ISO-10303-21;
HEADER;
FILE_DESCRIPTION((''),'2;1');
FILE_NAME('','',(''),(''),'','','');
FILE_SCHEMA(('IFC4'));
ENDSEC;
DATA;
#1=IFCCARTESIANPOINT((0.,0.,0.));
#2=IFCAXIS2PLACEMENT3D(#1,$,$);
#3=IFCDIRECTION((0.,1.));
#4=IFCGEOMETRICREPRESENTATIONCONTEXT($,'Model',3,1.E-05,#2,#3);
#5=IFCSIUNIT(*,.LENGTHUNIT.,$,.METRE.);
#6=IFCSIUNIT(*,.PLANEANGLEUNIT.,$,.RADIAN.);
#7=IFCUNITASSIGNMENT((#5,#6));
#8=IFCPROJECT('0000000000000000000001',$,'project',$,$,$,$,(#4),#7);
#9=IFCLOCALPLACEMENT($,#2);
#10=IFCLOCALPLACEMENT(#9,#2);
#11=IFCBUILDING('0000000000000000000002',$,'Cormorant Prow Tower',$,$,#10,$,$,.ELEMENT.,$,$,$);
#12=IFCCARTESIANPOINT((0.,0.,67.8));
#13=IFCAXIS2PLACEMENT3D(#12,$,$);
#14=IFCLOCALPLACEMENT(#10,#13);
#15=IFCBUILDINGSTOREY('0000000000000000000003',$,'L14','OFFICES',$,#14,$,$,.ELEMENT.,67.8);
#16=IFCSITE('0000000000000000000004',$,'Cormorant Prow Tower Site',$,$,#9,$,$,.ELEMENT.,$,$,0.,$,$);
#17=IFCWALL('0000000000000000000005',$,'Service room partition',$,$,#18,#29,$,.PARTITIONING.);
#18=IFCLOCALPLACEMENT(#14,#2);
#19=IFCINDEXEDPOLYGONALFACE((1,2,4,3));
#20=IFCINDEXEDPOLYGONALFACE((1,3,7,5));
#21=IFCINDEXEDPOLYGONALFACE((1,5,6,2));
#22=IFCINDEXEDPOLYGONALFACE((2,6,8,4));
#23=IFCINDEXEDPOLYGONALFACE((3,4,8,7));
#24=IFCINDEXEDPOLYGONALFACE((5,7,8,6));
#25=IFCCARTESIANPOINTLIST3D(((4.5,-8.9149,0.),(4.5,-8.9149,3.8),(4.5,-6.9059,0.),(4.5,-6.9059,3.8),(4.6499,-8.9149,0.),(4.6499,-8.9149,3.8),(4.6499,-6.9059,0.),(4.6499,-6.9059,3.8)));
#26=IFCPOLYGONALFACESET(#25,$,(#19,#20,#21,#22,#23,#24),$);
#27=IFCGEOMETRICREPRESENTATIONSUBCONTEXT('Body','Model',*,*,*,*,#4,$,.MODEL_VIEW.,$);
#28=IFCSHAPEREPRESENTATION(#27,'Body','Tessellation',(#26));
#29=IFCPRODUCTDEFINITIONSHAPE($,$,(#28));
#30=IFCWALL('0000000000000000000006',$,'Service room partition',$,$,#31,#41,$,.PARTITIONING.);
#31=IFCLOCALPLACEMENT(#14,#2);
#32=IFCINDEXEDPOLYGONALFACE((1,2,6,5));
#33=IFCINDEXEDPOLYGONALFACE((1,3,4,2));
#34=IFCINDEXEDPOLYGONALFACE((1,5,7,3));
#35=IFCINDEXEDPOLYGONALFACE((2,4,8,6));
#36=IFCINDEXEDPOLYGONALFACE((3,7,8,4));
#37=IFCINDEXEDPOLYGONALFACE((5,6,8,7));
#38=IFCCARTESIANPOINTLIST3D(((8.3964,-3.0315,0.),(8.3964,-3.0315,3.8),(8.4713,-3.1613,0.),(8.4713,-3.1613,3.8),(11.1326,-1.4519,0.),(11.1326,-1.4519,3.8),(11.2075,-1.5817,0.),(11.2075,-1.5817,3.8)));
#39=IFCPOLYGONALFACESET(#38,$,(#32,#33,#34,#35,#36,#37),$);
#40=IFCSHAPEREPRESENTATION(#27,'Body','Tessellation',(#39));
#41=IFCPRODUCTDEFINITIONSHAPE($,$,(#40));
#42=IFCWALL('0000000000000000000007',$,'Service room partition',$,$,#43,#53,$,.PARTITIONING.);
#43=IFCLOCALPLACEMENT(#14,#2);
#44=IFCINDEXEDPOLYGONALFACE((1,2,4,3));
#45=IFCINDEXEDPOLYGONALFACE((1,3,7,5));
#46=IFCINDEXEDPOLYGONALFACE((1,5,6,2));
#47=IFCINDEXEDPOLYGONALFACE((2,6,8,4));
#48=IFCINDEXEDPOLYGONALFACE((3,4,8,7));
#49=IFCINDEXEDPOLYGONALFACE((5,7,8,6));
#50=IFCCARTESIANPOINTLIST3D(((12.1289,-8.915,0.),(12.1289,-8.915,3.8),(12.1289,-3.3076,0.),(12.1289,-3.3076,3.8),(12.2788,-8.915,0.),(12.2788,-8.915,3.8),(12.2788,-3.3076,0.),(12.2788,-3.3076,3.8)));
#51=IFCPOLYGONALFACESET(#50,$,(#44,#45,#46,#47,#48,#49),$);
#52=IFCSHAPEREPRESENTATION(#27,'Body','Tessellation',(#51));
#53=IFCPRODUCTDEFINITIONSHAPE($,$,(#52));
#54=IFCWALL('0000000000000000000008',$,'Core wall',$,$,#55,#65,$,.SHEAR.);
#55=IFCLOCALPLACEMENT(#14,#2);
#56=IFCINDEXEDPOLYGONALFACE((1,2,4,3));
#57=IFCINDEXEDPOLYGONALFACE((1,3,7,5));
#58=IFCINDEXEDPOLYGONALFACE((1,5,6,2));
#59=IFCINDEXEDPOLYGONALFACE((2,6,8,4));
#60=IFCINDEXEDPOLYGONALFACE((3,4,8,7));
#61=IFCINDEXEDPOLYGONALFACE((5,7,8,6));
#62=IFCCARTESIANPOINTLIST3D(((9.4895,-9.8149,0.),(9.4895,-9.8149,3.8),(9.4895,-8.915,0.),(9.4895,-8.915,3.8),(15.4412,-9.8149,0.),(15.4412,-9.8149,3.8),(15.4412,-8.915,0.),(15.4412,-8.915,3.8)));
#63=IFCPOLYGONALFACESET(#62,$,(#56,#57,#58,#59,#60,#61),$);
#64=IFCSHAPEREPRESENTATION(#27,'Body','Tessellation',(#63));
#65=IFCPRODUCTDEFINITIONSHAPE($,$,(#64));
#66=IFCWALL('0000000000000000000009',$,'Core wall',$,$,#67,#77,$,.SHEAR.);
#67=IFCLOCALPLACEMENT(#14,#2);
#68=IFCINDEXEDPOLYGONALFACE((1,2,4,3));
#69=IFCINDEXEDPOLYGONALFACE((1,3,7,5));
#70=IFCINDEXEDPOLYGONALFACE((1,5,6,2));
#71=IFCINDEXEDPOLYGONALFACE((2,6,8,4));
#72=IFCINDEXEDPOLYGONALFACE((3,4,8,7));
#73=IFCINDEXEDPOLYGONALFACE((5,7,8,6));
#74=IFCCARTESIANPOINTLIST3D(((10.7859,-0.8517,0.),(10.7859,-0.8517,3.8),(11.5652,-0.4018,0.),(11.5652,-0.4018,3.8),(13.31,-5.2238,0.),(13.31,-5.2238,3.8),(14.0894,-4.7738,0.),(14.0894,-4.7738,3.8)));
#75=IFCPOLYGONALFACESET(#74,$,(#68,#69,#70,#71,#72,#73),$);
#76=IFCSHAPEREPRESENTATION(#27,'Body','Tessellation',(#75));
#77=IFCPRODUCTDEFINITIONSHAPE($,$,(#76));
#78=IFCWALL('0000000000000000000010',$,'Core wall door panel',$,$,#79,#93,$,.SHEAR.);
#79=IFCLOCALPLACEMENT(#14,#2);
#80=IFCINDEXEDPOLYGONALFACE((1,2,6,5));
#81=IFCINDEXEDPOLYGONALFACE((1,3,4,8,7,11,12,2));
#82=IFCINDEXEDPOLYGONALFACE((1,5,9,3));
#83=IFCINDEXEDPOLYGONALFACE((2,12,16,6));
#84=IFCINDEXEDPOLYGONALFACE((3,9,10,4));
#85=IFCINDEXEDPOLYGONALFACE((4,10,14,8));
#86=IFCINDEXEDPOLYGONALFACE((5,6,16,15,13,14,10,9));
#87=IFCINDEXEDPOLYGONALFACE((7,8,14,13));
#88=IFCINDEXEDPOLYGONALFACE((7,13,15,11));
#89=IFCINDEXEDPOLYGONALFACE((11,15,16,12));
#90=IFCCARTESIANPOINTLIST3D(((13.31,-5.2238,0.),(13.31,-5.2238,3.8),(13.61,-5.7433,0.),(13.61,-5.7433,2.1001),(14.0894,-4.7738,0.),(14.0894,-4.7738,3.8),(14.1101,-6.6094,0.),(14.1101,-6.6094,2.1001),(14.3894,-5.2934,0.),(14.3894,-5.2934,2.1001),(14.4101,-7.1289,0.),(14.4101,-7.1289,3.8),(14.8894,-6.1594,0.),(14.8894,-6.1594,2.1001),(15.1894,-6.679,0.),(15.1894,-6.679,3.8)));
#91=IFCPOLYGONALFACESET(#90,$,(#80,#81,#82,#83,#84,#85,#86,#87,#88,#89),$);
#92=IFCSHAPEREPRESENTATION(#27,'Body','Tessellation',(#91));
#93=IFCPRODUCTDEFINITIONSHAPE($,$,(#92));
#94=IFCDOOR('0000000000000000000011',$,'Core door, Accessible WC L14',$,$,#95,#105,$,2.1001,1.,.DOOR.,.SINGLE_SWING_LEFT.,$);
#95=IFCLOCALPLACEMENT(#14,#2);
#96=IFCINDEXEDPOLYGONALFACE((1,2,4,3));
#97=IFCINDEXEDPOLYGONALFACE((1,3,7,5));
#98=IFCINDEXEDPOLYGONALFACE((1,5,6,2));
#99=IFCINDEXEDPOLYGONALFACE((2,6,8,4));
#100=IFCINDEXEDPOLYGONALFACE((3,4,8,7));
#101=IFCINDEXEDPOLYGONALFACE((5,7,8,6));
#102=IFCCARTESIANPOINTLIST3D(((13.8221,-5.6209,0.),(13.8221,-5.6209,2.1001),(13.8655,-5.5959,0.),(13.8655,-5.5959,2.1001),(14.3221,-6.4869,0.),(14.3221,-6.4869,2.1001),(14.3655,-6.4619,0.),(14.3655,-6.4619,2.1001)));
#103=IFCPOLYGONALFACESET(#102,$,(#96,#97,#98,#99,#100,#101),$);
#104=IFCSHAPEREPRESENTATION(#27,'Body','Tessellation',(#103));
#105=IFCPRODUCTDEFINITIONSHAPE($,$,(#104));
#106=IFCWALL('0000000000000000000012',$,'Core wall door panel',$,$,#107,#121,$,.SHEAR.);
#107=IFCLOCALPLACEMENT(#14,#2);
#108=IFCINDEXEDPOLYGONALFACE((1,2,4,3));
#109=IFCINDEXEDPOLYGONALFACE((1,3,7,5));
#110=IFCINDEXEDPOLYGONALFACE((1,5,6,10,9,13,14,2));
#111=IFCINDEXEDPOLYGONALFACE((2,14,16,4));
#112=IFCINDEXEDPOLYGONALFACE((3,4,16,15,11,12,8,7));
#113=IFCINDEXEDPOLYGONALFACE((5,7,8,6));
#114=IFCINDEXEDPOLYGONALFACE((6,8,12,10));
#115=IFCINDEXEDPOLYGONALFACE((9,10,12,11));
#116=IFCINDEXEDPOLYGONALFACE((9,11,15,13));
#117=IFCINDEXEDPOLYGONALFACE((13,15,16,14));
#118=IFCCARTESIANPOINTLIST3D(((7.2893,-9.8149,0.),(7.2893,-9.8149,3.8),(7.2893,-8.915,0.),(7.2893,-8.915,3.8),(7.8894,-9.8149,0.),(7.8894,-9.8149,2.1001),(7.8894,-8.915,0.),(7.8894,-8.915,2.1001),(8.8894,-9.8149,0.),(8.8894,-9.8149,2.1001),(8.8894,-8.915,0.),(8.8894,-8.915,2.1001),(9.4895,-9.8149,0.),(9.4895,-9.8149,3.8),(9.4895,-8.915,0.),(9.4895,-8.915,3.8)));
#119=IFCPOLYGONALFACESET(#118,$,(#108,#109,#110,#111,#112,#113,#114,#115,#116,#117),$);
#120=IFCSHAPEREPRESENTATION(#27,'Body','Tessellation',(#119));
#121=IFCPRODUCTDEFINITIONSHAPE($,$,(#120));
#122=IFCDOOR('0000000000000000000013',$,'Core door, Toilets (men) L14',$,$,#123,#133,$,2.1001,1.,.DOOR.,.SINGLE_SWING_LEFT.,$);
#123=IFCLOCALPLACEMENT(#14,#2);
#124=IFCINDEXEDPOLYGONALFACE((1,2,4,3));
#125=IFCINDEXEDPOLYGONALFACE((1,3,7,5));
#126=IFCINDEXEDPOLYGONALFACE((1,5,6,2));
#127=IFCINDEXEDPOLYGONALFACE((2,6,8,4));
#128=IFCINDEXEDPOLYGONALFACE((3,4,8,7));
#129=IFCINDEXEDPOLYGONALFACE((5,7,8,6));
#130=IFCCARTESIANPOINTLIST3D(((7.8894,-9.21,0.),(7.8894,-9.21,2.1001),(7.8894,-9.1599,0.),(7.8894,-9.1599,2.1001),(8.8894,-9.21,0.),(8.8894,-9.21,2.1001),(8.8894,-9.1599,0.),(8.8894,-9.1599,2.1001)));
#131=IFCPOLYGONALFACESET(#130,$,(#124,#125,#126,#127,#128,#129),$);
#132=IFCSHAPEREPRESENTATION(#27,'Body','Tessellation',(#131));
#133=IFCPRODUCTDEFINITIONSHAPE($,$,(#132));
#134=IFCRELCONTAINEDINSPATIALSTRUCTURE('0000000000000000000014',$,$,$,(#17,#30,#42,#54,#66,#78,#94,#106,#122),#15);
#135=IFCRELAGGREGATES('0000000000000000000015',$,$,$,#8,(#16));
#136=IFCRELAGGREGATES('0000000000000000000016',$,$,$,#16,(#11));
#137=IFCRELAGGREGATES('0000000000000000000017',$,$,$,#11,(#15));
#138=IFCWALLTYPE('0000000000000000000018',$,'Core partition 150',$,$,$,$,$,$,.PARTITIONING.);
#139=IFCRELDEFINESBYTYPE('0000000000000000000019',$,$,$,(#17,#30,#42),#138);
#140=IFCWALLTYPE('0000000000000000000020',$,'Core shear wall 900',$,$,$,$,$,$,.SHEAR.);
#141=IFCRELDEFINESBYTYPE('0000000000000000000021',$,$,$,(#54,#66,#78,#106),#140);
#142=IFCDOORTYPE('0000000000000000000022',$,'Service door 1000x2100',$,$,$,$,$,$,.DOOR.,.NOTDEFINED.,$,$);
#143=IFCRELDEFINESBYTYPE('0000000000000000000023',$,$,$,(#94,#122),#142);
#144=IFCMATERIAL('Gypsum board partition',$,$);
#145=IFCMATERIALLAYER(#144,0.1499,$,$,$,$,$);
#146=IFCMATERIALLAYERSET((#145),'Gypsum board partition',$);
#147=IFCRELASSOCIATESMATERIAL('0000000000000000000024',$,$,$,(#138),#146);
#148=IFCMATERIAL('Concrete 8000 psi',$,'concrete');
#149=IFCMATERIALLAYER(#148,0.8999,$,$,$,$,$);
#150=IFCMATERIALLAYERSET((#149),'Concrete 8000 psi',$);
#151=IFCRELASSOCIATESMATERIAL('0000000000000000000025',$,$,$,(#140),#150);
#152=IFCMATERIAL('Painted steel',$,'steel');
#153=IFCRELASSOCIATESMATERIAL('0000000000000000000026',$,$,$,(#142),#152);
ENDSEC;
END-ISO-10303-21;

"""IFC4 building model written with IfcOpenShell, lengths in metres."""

from ifc_helpers import new_model, si_unit, direction, frame, frame_2d, origin, place, context, subcontext, project, spatial, rectangle, extrude, material, layer, layer_set, type_object, element, fill, save


model = new_model("IFC4")

# Units and contexts
model_context = context("Model", 3, precision=1e-05, world=origin(), true_north=direction((0.0, 1.0)))
body_context = subcontext(model_context, "Body", "Model", "MODEL_VIEW")
ifc_project = project(units=[si_unit("LENGTHUNIT", "METRE"), si_unit("PLANEANGLEUNIT", "RADIAN")], contexts=[model_context])

# Site, building, storey
site_placement = place(None, origin())
site = spatial("IfcSite", under=ifc_project, at=site_placement, Name="Cormorant Prow Tower Site", CompositionType="ELEMENT", RefElevation=0.0)
building_placement = place(site_placement, origin())
building = spatial("IfcBuilding", under=site, at=building_placement, Name="Cormorant Prow Tower", CompositionType="ELEMENT")
storey_placement = place(building_placement, frame((0.0, 0.0, 67.8)))
storey = spatial("IfcBuildingStorey", under=building, at=storey_placement, Name="L14", Description="OFFICES", CompositionType="ELEMENT", Elevation=67.8)

# Walls
ifc_material_1 = material(Name="Gypsum board partition")
ifc_layer_1 = layer(ifc_material_1, 0.1499)
ifc_layer_set_1 = layer_set([ifc_layer_1], Name="Gypsum board partition")
wall_type_1 = type_object("IfcWallType", Name="Core partition 150", PredefinedType="PARTITIONING", material=ifc_layer_set_1)
wall_1_placement = place(storey_placement, frame((4.575, -6.906, 0.0), z_axis=(0.0, 0.0, 1.0), x_axis=(0.0, -1.0, 0.0)))
element("IfcWall", 1, at=wall_1_placement, inside=storey, type_object=wall_type_1, Name="Service room partition", PredefinedType="PARTITIONING", context=body_context, shape_type="SweptSolid", body=[
    extrude(rectangle(XDim=2.009, YDim=0.1499, at=frame_2d((1.0044, 0.0))), origin(), (0.0, 0.0, 1.0), 3.8),
])
wall_2_placement = place(storey_placement, frame((11.1699, -1.5168, 0.0), z_axis=(0.0, 0.0, 1.0), x_axis=(-0.866038, -0.499979, 0.0)))
element("IfcWall", 2, at=wall_2_placement, inside=storey, type_object=wall_type_1, Name="Service room partition", PredefinedType="PARTITIONING", context=body_context, shape_type="SweptSolid", body=[
    extrude(rectangle(XDim=3.1594, YDim=0.1499, at=frame_2d((1.5796, 0.0))), origin(), (0.0, 0.0, 1.0), 3.8),
])
wall_3_placement = place(storey_placement, frame((12.2039, -8.915, 0.0), z_axis=(0.0, 0.0, 1.0), x_axis=(0.0, 1.0, 0.0)))
element("IfcWall", 3, at=wall_3_placement, inside=storey, type_object=wall_type_1, Name="Service room partition", PredefinedType="PARTITIONING", context=body_context, shape_type="SweptSolid", body=[
    extrude(rectangle(XDim=5.6074, YDim=0.1499, at=frame_2d((2.8037, 0.0))), origin(), (0.0, 0.0, 1.0), 3.8),
])
ifc_material_2 = material(Name="Concrete 8000 psi", Category="concrete")
ifc_layer_2 = layer(ifc_material_2, 0.8999)
ifc_layer_set_2 = layer_set([ifc_layer_2], Name="Concrete 8000 psi")
wall_type_2 = type_object("IfcWallType", Name="Core shear wall 900", PredefinedType="SHEAR", material=ifc_layer_set_2)
wall_4_placement = place(storey_placement, frame((9.4895, -9.365, 0.0), z_axis=(0.0, 0.0, 1.0), x_axis=(1.0, 0.0, 0.0)))
element("IfcWall", 4, at=wall_4_placement, inside=storey, type_object=wall_type_2, Name="Core wall", PredefinedType="SHEAR", context=body_context, shape_type="SweptSolid", body=[
    extrude(rectangle(XDim=5.9517, YDim=0.8999, at=frame_2d((2.9758, 0.0))), origin(), (0.0, 0.0, 1.0), 3.8),
])
wall_5_placement = place(storey_placement, frame((13.6997, -4.9988, 0.0), z_axis=(0.0, 0.0, 1.0), x_axis=(-0.499993, 0.866029, 0.0)))
element("IfcWall", 5, at=wall_5_placement, inside=storey, type_object=wall_type_2, Name="Core wall", PredefinedType="SHEAR", context=body_context, shape_type="SweptSolid", body=[
    extrude(rectangle(XDim=5.0483, YDim=0.8999, at=frame_2d((2.5242, 0.0))), origin(), (0.0, 0.0, 1.0), 3.8),
])

# Walls, openings, doors
wall_6_placement = place(storey_placement, frame((14.7998, -6.9041, 0.0), z_axis=(0.0, 0.0, 1.0), x_axis=(-0.50003, 0.866008, 0.0)))
wall_6 = element("IfcWall", 6, at=wall_6_placement, inside=storey, type_object=wall_type_2, Name="Core wall door panel", PredefinedType="SHEAR", context=body_context, shape_type="SweptSolid", body=[
    extrude(rectangle(XDim=2.2, YDim=0.8999, at=frame_2d((1.1001, 0.0))), origin(), (0.0, 0.0, 1.0), 3.8),
])
opening_1_placement = place(wall_6_placement, frame((0.6001, 0.0, 0.0)))
opening_1 = element("IfcOpeningElement", 7, at=opening_1_placement, cuts=wall_6, PredefinedType="OPENING", context=body_context, shape_type="SweptSolid", body=[
    extrude(rectangle(XDim=1.0, YDim=2.1001, at=frame_2d((0.5, 1.05))), frame((0.0, 0.46, 0.0), z_axis=(0.0, -1.0, 0.0), x_axis=(1.0, 0.0, 0.0)), (0.0, 0.0, 1.0), 0.9199),
])
ifc_material_3 = material(Name="Painted steel", Category="steel")
door_type_1 = type_object("IfcDoorType", Name="Service door 1000x2100", OperationType="NOTDEFINED", PredefinedType="DOOR", material=ifc_material_3)
door_1_placement = place(opening_1_placement, origin())
door_1 = element("IfcDoor", 8, at=door_1_placement, inside=storey, type_object=door_type_1, Name="Core door, Accessible WC L14", OperationType="SINGLE_SWING_LEFT", OverallHeight=2.1001, OverallWidth=1.0, PredefinedType="DOOR", context=body_context, shape_type="SweptSolid", body=[
    extrude(rectangle(XDim=1.0, YDim=2.1001, at=frame_2d((0.5, 1.05))), frame((0.0, 0.2051, 0.0), z_axis=(0.0, -1.0, 0.0), x_axis=(1.0, 0.0, 0.0)), (0.0, 0.0, 1.0), 0.05),
])
fill(opening_1, door_1)
wall_7_placement = place(storey_placement, frame((7.2893, -9.365, 0.0), z_axis=(0.0, 0.0, 1.0), x_axis=(1.0, 0.0, 0.0)))
wall_7 = element("IfcWall", 9, at=wall_7_placement, inside=storey, type_object=wall_type_2, Name="Core wall door panel", PredefinedType="SHEAR", context=body_context, shape_type="SweptSolid", body=[
    extrude(rectangle(XDim=2.2002, YDim=0.8999, at=frame_2d((1.1001, 0.0))), origin(), (0.0, 0.0, 1.0), 3.8),
])
opening_2_placement = place(wall_7_placement, frame((0.6001, 0.0, 0.0)))
opening_2 = element("IfcOpeningElement", 10, at=opening_2_placement, cuts=wall_7, PredefinedType="OPENING", context=body_context, shape_type="SweptSolid", body=[
    extrude(rectangle(XDim=1.0, YDim=2.1001, at=frame_2d((0.5, 1.05))), frame((0.0, 0.46, 0.0), z_axis=(0.0, -1.0, 0.0), x_axis=(1.0, 0.0, 0.0)), (0.0, 0.0, 1.0), 0.9199),
])
door_2_placement = place(opening_2_placement, origin())
door_2 = element("IfcDoor", 11, at=door_2_placement, inside=storey, type_object=door_type_1, Name="Core door, Toilets (men) L14", OperationType="SINGLE_SWING_LEFT", OverallHeight=2.1001, OverallWidth=1.0, PredefinedType="DOOR", context=body_context, shape_type="SweptSolid", body=[
    extrude(rectangle(XDim=1.0, YDim=2.1001, at=frame_2d((0.5, 1.05))), frame((0.0, 0.2051, 0.0), z_axis=(0.0, -1.0, 0.0), x_axis=(1.0, 0.0, 0.0)), (0.0, 0.0, 1.0), 0.05),
])
fill(opening_2, door_2)

save(model, "model.ifc")
